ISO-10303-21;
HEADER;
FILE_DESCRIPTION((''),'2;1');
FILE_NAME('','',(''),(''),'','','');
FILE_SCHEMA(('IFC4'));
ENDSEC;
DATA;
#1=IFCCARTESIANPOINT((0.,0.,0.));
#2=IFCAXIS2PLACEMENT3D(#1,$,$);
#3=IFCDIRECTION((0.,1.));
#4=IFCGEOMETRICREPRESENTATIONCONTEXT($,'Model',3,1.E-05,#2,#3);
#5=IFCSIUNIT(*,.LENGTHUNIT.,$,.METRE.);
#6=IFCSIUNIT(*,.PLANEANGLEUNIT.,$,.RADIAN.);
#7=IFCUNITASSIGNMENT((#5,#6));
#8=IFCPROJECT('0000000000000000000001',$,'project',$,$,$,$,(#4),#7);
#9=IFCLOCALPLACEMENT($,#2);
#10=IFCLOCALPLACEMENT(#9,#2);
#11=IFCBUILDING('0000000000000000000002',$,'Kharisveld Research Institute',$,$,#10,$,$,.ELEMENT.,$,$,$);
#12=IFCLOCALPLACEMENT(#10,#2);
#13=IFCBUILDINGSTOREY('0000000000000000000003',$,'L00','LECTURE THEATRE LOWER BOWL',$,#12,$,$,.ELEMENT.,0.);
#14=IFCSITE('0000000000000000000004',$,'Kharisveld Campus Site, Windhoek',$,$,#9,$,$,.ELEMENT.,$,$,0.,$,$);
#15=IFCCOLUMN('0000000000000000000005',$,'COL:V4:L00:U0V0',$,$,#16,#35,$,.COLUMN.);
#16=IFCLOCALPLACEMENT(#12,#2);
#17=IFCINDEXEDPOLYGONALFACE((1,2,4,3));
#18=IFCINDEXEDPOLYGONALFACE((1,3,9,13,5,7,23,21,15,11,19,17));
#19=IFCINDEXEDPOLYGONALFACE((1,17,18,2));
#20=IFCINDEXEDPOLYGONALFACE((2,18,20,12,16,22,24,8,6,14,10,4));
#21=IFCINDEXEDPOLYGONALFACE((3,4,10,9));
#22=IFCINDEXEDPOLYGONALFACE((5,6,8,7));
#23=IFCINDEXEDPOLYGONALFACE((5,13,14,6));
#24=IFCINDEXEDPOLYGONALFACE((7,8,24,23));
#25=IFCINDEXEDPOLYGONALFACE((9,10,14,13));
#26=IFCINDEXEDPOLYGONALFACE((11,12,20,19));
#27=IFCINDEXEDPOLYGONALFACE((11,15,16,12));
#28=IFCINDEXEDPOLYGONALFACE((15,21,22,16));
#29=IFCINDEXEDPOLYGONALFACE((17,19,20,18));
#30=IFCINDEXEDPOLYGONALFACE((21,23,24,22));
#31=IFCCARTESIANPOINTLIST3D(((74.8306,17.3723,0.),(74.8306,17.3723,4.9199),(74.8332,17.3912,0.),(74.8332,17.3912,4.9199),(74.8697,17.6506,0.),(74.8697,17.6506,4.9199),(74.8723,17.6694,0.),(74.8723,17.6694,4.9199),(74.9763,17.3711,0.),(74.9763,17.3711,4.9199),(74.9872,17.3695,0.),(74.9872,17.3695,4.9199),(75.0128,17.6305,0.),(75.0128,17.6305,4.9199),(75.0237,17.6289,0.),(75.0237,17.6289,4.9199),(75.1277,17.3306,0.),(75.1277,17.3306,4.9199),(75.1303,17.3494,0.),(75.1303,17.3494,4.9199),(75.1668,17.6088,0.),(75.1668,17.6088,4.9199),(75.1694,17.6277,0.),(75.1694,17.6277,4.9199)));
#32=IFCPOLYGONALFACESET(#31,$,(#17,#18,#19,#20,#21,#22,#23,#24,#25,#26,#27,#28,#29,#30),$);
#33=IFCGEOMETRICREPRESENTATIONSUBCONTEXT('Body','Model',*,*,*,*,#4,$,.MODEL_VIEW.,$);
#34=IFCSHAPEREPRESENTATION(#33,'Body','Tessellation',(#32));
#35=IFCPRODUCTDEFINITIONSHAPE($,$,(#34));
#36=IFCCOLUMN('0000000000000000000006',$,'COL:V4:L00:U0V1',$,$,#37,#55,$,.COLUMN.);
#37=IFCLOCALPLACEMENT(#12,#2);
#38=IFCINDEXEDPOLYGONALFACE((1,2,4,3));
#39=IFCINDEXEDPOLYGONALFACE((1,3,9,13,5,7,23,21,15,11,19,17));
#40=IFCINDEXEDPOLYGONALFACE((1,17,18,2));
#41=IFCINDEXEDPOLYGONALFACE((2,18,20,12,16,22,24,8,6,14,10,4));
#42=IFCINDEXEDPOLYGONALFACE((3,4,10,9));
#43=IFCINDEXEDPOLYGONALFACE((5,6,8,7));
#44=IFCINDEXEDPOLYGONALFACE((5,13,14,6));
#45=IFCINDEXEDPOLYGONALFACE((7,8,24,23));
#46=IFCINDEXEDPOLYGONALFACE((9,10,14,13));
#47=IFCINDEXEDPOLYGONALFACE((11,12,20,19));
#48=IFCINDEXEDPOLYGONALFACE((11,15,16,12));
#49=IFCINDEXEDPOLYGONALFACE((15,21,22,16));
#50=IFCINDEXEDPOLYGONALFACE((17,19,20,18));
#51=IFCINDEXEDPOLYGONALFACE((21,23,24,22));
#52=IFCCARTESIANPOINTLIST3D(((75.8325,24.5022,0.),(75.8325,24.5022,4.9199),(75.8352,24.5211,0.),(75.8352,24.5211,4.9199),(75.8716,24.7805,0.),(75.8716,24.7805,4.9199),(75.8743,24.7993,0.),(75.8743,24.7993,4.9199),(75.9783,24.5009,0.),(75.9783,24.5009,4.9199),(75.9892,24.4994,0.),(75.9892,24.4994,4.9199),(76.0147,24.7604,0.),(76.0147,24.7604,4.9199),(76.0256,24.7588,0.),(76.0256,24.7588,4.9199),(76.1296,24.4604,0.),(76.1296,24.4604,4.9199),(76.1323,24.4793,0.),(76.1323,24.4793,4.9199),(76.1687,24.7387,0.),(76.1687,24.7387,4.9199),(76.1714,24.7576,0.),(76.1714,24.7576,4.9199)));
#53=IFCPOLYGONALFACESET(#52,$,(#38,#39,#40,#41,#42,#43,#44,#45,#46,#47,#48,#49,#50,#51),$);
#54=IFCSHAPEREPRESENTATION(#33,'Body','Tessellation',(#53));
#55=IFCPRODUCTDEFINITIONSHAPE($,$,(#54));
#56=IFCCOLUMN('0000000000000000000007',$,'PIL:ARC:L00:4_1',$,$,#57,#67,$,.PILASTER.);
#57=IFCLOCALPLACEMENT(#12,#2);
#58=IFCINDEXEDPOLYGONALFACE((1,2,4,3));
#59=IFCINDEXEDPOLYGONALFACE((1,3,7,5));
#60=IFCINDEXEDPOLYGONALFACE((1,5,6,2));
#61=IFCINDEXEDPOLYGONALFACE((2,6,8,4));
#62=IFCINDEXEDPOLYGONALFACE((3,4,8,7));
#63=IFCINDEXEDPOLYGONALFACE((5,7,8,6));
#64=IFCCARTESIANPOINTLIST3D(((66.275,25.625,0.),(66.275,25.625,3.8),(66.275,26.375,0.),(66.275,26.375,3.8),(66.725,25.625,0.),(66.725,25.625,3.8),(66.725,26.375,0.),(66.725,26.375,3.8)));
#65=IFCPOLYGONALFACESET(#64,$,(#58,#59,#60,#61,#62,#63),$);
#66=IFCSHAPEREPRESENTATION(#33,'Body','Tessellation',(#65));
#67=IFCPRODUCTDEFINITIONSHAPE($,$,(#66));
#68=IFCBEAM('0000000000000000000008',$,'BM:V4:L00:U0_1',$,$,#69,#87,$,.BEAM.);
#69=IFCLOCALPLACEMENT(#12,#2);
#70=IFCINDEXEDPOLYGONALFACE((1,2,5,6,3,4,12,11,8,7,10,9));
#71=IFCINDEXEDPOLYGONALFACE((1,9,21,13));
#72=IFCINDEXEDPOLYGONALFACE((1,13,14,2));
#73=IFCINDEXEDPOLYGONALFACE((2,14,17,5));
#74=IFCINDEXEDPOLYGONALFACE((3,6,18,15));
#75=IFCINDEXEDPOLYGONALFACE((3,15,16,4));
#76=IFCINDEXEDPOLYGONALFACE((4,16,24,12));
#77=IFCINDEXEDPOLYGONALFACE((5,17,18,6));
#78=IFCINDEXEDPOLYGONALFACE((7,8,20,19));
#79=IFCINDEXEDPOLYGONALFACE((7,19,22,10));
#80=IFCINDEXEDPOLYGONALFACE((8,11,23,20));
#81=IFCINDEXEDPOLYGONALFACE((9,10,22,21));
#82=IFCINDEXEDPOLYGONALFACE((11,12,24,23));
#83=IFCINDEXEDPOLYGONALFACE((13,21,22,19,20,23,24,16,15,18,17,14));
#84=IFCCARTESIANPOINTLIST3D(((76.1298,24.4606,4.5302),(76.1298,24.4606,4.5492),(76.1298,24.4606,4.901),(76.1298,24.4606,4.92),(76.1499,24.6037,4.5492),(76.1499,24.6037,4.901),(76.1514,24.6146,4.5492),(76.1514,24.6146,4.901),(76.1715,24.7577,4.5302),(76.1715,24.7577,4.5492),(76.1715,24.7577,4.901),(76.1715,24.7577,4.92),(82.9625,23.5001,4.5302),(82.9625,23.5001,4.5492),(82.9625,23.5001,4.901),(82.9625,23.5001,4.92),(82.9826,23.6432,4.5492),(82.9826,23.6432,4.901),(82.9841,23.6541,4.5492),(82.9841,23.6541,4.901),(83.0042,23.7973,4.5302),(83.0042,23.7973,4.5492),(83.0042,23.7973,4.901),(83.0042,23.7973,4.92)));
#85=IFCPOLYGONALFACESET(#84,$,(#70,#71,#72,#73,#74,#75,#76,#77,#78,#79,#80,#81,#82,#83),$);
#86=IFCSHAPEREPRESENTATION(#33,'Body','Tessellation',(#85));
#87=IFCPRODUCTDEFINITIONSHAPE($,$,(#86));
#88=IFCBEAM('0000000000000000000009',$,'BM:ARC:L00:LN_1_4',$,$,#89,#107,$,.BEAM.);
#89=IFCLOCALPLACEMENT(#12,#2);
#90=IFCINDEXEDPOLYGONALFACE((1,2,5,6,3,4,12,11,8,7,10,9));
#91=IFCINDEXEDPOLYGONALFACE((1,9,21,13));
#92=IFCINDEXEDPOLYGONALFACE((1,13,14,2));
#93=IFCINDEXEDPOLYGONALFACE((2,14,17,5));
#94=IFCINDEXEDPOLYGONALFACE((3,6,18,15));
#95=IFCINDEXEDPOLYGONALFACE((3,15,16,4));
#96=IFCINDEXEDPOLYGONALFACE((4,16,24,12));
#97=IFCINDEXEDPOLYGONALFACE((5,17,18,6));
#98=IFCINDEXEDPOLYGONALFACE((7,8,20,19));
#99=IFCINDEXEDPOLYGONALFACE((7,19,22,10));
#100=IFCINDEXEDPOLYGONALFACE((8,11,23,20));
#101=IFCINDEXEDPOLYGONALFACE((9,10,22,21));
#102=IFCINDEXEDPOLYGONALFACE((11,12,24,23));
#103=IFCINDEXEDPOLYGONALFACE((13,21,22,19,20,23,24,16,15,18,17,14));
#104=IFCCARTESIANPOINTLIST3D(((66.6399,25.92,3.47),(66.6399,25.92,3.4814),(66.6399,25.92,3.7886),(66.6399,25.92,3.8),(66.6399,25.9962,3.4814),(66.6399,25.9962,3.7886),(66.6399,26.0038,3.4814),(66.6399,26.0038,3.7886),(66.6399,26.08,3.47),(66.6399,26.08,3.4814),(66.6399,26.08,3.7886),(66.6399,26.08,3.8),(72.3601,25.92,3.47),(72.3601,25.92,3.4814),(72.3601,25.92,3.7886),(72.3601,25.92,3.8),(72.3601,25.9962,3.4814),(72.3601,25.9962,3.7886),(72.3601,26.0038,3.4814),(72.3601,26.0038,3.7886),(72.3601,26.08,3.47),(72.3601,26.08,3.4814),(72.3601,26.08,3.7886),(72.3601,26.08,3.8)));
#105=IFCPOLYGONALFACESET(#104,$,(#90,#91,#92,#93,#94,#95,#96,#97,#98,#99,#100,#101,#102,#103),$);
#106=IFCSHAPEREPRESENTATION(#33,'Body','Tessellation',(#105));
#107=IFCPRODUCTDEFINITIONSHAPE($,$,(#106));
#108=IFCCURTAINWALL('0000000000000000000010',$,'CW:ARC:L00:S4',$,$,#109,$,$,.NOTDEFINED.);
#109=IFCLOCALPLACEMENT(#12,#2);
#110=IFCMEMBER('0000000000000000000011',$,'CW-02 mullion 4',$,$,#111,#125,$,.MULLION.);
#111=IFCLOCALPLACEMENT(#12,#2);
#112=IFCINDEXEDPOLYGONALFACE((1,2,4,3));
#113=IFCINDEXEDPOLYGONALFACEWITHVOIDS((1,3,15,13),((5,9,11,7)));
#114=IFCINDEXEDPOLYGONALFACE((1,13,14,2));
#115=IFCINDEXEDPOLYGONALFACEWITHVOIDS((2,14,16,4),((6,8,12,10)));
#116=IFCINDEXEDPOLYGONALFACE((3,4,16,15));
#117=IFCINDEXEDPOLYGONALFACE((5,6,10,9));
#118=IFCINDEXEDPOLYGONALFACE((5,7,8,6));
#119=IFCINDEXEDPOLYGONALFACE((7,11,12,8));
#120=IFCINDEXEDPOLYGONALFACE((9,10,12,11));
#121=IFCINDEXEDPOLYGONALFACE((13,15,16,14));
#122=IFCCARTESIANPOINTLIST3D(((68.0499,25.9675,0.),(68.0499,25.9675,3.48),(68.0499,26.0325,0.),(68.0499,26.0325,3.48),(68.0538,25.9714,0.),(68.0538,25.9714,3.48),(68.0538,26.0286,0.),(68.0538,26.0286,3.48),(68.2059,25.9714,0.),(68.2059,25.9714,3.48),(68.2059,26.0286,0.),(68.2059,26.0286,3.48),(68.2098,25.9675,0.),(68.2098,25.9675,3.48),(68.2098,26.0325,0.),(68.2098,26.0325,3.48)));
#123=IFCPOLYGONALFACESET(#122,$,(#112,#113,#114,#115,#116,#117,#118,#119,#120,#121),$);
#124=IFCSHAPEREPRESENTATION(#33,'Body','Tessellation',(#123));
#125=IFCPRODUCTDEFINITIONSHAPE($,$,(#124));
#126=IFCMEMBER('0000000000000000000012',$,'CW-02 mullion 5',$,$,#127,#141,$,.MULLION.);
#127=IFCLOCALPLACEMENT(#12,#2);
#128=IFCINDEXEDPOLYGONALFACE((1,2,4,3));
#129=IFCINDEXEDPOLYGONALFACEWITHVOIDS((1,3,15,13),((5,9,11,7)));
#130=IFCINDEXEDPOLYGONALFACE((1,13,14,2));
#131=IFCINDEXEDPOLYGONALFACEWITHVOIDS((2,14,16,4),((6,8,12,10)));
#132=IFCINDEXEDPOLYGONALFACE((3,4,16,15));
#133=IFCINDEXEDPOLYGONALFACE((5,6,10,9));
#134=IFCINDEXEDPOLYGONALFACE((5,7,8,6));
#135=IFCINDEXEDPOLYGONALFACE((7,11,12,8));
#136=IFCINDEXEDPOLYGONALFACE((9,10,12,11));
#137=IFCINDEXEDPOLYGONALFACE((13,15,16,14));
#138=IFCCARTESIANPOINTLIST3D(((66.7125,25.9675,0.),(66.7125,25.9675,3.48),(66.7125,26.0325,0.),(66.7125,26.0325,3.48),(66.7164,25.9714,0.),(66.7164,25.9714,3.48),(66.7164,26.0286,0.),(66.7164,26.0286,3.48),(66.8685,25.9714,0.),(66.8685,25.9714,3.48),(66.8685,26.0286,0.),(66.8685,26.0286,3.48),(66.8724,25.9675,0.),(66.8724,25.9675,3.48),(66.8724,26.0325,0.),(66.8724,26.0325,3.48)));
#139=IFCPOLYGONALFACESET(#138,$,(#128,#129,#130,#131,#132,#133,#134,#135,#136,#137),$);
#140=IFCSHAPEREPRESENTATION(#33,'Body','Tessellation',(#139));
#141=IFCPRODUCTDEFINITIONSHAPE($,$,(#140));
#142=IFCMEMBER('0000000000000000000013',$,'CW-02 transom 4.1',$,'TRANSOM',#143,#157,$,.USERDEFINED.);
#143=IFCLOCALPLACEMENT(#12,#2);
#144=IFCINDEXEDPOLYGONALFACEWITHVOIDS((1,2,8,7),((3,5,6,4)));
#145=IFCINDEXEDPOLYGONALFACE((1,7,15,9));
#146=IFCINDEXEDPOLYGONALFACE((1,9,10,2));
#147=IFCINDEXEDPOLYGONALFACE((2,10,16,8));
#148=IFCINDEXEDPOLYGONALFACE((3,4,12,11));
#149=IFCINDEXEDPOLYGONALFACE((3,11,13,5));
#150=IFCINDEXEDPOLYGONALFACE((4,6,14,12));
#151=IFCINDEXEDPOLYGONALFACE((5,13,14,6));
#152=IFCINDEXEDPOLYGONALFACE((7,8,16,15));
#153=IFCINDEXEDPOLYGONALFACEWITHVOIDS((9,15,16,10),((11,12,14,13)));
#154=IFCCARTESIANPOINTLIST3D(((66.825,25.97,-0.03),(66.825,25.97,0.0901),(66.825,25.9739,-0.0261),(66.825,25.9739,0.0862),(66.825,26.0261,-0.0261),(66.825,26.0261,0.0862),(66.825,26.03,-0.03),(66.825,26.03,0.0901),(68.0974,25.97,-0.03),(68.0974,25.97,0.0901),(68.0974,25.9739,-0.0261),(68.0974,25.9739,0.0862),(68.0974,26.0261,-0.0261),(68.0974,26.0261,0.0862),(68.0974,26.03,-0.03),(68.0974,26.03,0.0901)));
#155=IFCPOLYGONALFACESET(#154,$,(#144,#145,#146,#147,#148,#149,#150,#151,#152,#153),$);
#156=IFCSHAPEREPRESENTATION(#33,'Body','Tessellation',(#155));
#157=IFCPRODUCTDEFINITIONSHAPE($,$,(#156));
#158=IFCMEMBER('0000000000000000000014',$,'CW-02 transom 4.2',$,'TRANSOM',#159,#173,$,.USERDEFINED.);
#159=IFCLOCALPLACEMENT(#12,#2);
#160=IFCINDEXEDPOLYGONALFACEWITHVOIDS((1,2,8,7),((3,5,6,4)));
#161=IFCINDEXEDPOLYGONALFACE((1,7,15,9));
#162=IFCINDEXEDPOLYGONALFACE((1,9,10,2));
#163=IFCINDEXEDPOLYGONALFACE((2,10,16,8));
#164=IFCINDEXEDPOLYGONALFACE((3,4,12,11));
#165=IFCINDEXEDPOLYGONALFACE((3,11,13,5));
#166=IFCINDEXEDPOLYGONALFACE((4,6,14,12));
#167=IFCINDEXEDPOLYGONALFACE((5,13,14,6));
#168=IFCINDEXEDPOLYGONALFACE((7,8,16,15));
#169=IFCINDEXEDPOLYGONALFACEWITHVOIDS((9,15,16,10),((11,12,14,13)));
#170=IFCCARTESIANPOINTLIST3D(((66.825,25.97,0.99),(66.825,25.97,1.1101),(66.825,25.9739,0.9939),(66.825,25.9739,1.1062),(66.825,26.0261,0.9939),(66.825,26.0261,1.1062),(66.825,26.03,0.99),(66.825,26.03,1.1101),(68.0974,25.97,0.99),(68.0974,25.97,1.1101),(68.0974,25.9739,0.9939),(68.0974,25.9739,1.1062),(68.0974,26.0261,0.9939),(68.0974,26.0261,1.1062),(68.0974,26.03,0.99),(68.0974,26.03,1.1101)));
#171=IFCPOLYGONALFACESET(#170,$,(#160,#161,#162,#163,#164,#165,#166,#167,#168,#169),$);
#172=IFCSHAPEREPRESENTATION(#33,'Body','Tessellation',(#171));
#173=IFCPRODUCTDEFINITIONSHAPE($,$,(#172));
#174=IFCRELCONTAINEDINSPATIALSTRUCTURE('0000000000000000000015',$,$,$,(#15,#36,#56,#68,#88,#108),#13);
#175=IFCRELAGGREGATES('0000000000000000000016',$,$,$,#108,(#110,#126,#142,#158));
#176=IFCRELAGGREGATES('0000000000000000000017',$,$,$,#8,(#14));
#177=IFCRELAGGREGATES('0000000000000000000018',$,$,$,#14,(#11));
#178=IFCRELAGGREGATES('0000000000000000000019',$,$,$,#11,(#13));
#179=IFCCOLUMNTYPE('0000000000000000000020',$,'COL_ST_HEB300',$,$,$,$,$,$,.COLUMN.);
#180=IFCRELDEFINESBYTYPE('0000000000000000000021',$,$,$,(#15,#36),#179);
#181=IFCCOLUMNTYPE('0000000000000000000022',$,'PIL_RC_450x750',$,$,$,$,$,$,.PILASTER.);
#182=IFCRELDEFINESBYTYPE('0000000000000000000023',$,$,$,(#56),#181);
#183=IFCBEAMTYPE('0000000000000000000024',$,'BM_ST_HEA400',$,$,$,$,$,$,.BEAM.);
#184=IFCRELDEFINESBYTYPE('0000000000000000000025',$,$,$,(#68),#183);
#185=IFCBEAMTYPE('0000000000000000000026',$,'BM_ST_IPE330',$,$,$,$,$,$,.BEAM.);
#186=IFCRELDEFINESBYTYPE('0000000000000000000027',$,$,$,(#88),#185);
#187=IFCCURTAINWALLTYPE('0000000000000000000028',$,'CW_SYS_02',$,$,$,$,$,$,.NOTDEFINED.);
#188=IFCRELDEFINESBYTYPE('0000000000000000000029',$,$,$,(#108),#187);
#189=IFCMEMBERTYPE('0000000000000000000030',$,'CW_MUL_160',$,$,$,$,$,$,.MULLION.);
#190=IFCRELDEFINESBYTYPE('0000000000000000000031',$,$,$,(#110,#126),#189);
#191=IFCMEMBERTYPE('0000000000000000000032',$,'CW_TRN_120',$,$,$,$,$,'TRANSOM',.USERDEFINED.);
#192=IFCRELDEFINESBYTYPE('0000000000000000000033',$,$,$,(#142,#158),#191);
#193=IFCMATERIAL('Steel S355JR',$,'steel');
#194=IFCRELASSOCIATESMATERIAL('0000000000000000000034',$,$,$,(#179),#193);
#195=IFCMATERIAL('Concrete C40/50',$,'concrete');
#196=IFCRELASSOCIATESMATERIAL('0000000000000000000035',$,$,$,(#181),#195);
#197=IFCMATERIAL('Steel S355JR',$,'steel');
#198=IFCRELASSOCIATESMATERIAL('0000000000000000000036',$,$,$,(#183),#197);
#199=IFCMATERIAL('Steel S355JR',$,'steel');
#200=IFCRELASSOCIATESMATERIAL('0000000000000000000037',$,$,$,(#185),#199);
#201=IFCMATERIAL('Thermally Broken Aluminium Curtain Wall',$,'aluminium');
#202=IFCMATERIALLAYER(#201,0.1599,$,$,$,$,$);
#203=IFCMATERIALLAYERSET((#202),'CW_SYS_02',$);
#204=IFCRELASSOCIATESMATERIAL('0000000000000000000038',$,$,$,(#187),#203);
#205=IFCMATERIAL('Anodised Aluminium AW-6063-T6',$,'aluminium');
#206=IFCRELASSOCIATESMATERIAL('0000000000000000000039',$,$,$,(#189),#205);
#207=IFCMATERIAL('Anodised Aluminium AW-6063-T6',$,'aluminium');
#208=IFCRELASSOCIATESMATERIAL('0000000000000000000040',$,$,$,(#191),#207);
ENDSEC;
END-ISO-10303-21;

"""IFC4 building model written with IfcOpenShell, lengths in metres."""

from ifc_helpers import new_model, si_unit, direction, frame, origin, origin_2d, place, context, subcontext, project, spatial, rectangle, hollow_rectangle, i_section, extrude, material, layer, layer_set, material_profile, profile_set, type_object, element, aggregate, save


model = new_model("IFC4")

# Units and contexts
model_context = context("Model", 3, precision=1e-05, world=origin(), true_north=direction((0.0, 1.0)))
body_context = subcontext(model_context, "Body", "Model", "MODEL_VIEW")
ifc_project = project(units=[si_unit("LENGTHUNIT", "METRE"), si_unit("PLANEANGLEUNIT", "RADIAN")], contexts=[model_context])

# Site, building, storey
site_placement = place(None, origin())
site = spatial("IfcSite", under=ifc_project, at=site_placement, Name="Kharisveld Campus Site, Windhoek", CompositionType="ELEMENT", RefElevation=0.0)
building_placement = place(site_placement, origin())
building = spatial("IfcBuilding", under=site, at=building_placement, Name="Kharisveld Research Institute", CompositionType="ELEMENT")
storey_placement = place(building_placement, origin())
storey = spatial("IfcBuildingStorey", under=building, at=storey_placement, Name="L00", Description="LECTURE THEATRE LOWER BOWL", CompositionType="ELEMENT", Elevation=0.0)

# Columns
ifc_material_1 = material(Name="Steel S355JR", Category="steel")
ifc_material_profile_1 = material_profile(ifc_material_1, i_section(OverallWidth=0.3, OverallDepth=0.3, WebThickness=0.011, FlangeThickness=0.019, at=origin_2d()))
ifc_profile_set_1 = profile_set([ifc_material_profile_1], Name="Steel S355JR")
column_type_1 = type_object("IfcColumnType", Name="COL_ST_HEB300", PredefinedType="COLUMN", material=ifc_profile_set_1)
for number, where, z_axis, x_axis, name in (
    (1, (75.0, 17.5, 0.0), (0.0, 0.0, 1.0), (0.990268, -0.139173, 0.0), "COL:V4:L00:U0V0"),
    (2, (76.002, 24.6299, 0.0), (0.0, 0.0, 1.0), (0.990268, -0.139173, 0.0), "COL:V4:L00:U0V1"),
):
    element("IfcColumn", number, at=place(storey_placement, frame(where, z_axis=z_axis, x_axis=x_axis)), inside=storey, type_object=column_type_1, Name=name, PredefinedType="COLUMN", context=body_context, shape_type="SweptSolid", body=[
        extrude(i_section(OverallWidth=0.3, OverallDepth=0.3, WebThickness=0.011, FlangeThickness=0.019, at=origin_2d()), origin(), (0.0, 0.0, 1.0), 4.9199),
    ])
ifc_material_2 = material(Name="Concrete C40/50", Category="concrete")
ifc_material_profile_2 = material_profile(ifc_material_2, rectangle(XDim=0.45, YDim=0.75, at=origin_2d()))
ifc_profile_set_2 = profile_set([ifc_material_profile_2], Name="Concrete C40/50")
column_type_2 = type_object("IfcColumnType", Name="PIL_RC_450x750", PredefinedType="PILASTER", material=ifc_profile_set_2)
column_placement = place(storey_placement, frame((66.5, 26.0, 0.0), z_axis=(0.0, 0.0, 1.0), x_axis=(1.0, 0.0, 0.0)))
element("IfcColumn", 3, at=column_placement, inside=storey, type_object=column_type_2, Name="PIL:ARC:L00:4_1", PredefinedType="PILASTER", context=body_context, shape_type="SweptSolid", body=[
    extrude(rectangle(XDim=0.45, YDim=0.75, at=origin_2d()), origin(), (0.0, 0.0, 1.0), 3.8),
])

# Beams
ifc_material_3 = material(Name="Steel S355JR", Category="steel")
ifc_material_profile_3 = material_profile(ifc_material_3, i_section(OverallWidth=0.3, OverallDepth=0.3899, WebThickness=0.011, FlangeThickness=0.019, at=origin_2d()))
ifc_profile_set_3 = profile_set([ifc_material_profile_3], Name="Steel S355JR")
beam_type_1 = type_object("IfcBeamType", Name="BM_ST_HEA400", PredefinedType="BEAM", material=ifc_profile_set_3)
beam_1_placement = place(storey_placement, frame((76.1506, 24.6091, 4.7251), z_axis=(0.990265, -0.139197, 0.0), x_axis=(0.139197, 0.990265, 0.0)))
element("IfcBeam", 4, at=beam_1_placement, inside=storey, type_object=beam_type_1, Name="BM:V4:L00:U0_1", PredefinedType="BEAM", context=body_context, shape_type="SweptSolid", body=[
    extrude(i_section(OverallWidth=0.3, OverallDepth=0.3899, WebThickness=0.011, FlangeThickness=0.019, at=origin_2d()), origin(), (0.0, 0.0, 1.0), 6.8999),
])
ifc_material_4 = material(Name="Steel S355JR", Category="steel")
ifc_material_profile_4 = material_profile(ifc_material_4, i_section(OverallWidth=0.1599, OverallDepth=0.3301, WebThickness=0.0076, FlangeThickness=0.0115, at=origin_2d()))
ifc_profile_set_4 = profile_set([ifc_material_profile_4], Name="Steel S355JR")
beam_type_2 = type_object("IfcBeamType", Name="BM_ST_IPE330", PredefinedType="BEAM", material=ifc_profile_set_4)
beam_2_placement = place(storey_placement, frame((66.6399, 26.0, 3.635), z_axis=(1.0, 0.0, 0.0), x_axis=(0.0, 1.0, 0.0)))
element("IfcBeam", 5, at=beam_2_placement, inside=storey, type_object=beam_type_2, Name="BM:ARC:L00:LN_1_4", PredefinedType="BEAM", context=body_context, shape_type="SweptSolid", body=[
    extrude(i_section(OverallWidth=0.1599, OverallDepth=0.3301, WebThickness=0.0076, FlangeThickness=0.0115, at=origin_2d()), origin(), (0.0, 0.0, 1.0), 5.7202),
])

# Curtain wall, members
ifc_material_5 = material(Name="Thermally Broken Aluminium Curtain Wall", Category="aluminium")
ifc_layer_1 = layer(ifc_material_5, 0.1599)
ifc_layer_set_1 = layer_set([ifc_layer_1], Name="CW_SYS_02")
curtain_wall_type = type_object("IfcCurtainWallType", Name="CW_SYS_02", PredefinedType="NOTDEFINED", material=ifc_layer_set_1)
curtain_wall_placement = place(storey_placement, origin())
curtain_wall = element("IfcCurtainWall", 6, at=curtain_wall_placement, inside=storey, type_object=curtain_wall_type, Name="CW:ARC:L00:S4", PredefinedType="NOTDEFINED")
ifc_material_6 = material(Name="Anodised Aluminium AW-6063-T6", Category="aluminium")
ifc_material_profile_5 = material_profile(ifc_material_6, hollow_rectangle(XDim=0.0649, YDim=0.1599, WallThickness=0.0039, at=origin_2d()))
ifc_profile_set_5 = profile_set([ifc_material_profile_5], Name="Anodised Aluminium AW-6063-T6")
member_type_1 = type_object("IfcMemberType", Name="CW_MUL_160", PredefinedType="MULLION", material=ifc_profile_set_5)
member_1_placement = place(storey_placement, frame((68.1299, 26.0, 0.0), z_axis=(0.0, 0.0, 1.0), x_axis=(0.0, -1.0, 0.0)))
member_1 = element("IfcMember", 7, at=member_1_placement, type_object=member_type_1, Name="CW-02 mullion 4", PredefinedType="MULLION", context=body_context, shape_type="SweptSolid", body=[
    extrude(hollow_rectangle(XDim=0.0649, YDim=0.1599, WallThickness=0.0039, at=origin_2d()), origin(), (0.0, 0.0, 1.0), 3.48),
])
member_2_placement = place(storey_placement, frame((66.7925, 26.0, 0.0), z_axis=(0.0, 0.0, 1.0), x_axis=(0.0, -1.0, 0.0)))
member_2 = element("IfcMember", 8, at=member_2_placement, type_object=member_type_1, Name="CW-02 mullion 5", PredefinedType="MULLION", context=body_context, shape_type="SweptSolid", body=[
    extrude(hollow_rectangle(XDim=0.0649, YDim=0.1599, WallThickness=0.0039, at=origin_2d()), origin(), (0.0, 0.0, 1.0), 3.48),
])
ifc_material_7 = material(Name="Anodised Aluminium AW-6063-T6", Category="aluminium")
ifc_material_profile_6 = material_profile(ifc_material_7, hollow_rectangle(XDim=0.0601, YDim=0.1201, WallThickness=0.0039, at=origin_2d()))
ifc_profile_set_6 = profile_set([ifc_material_profile_6], Name="Anodised Aluminium AW-6063-T6")
member_type_2 = type_object("IfcMemberType", Name="CW_TRN_120", ElementType="TRANSOM", PredefinedType="USERDEFINED", material=ifc_profile_set_6)
member_3_placement = place(storey_placement, frame((68.0974, 26.0, 0.03), z_axis=(-1.0, 0.0, 0.0), x_axis=(0.0, -1.0, 0.0)))
member_3 = element("IfcMember", 9, at=member_3_placement, type_object=member_type_2, Name="CW-02 transom 4.1", ObjectType="TRANSOM", PredefinedType="USERDEFINED", context=body_context, shape_type="SweptSolid", body=[
    extrude(hollow_rectangle(XDim=0.0601, YDim=0.1201, WallThickness=0.0039, at=origin_2d()), origin(), (0.0, 0.0, 1.0), 1.2725),
])
member_4_placement = place(storey_placement, frame((68.0974, 26.0, 1.05), z_axis=(-1.0, 0.0, 0.0), x_axis=(0.0, -1.0, 0.0)))
member_4 = element("IfcMember", 10, at=member_4_placement, type_object=member_type_2, Name="CW-02 transom 4.2", ObjectType="TRANSOM", PredefinedType="USERDEFINED", context=body_context, shape_type="SweptSolid", body=[
    extrude(hollow_rectangle(XDim=0.0601, YDim=0.1201, WallThickness=0.0039, at=origin_2d()), origin(), (0.0, 0.0, 1.0), 1.2725),
])

aggregate(curtain_wall, [member_1, member_2, member_3, member_4])

save(model, "model.ifc")
